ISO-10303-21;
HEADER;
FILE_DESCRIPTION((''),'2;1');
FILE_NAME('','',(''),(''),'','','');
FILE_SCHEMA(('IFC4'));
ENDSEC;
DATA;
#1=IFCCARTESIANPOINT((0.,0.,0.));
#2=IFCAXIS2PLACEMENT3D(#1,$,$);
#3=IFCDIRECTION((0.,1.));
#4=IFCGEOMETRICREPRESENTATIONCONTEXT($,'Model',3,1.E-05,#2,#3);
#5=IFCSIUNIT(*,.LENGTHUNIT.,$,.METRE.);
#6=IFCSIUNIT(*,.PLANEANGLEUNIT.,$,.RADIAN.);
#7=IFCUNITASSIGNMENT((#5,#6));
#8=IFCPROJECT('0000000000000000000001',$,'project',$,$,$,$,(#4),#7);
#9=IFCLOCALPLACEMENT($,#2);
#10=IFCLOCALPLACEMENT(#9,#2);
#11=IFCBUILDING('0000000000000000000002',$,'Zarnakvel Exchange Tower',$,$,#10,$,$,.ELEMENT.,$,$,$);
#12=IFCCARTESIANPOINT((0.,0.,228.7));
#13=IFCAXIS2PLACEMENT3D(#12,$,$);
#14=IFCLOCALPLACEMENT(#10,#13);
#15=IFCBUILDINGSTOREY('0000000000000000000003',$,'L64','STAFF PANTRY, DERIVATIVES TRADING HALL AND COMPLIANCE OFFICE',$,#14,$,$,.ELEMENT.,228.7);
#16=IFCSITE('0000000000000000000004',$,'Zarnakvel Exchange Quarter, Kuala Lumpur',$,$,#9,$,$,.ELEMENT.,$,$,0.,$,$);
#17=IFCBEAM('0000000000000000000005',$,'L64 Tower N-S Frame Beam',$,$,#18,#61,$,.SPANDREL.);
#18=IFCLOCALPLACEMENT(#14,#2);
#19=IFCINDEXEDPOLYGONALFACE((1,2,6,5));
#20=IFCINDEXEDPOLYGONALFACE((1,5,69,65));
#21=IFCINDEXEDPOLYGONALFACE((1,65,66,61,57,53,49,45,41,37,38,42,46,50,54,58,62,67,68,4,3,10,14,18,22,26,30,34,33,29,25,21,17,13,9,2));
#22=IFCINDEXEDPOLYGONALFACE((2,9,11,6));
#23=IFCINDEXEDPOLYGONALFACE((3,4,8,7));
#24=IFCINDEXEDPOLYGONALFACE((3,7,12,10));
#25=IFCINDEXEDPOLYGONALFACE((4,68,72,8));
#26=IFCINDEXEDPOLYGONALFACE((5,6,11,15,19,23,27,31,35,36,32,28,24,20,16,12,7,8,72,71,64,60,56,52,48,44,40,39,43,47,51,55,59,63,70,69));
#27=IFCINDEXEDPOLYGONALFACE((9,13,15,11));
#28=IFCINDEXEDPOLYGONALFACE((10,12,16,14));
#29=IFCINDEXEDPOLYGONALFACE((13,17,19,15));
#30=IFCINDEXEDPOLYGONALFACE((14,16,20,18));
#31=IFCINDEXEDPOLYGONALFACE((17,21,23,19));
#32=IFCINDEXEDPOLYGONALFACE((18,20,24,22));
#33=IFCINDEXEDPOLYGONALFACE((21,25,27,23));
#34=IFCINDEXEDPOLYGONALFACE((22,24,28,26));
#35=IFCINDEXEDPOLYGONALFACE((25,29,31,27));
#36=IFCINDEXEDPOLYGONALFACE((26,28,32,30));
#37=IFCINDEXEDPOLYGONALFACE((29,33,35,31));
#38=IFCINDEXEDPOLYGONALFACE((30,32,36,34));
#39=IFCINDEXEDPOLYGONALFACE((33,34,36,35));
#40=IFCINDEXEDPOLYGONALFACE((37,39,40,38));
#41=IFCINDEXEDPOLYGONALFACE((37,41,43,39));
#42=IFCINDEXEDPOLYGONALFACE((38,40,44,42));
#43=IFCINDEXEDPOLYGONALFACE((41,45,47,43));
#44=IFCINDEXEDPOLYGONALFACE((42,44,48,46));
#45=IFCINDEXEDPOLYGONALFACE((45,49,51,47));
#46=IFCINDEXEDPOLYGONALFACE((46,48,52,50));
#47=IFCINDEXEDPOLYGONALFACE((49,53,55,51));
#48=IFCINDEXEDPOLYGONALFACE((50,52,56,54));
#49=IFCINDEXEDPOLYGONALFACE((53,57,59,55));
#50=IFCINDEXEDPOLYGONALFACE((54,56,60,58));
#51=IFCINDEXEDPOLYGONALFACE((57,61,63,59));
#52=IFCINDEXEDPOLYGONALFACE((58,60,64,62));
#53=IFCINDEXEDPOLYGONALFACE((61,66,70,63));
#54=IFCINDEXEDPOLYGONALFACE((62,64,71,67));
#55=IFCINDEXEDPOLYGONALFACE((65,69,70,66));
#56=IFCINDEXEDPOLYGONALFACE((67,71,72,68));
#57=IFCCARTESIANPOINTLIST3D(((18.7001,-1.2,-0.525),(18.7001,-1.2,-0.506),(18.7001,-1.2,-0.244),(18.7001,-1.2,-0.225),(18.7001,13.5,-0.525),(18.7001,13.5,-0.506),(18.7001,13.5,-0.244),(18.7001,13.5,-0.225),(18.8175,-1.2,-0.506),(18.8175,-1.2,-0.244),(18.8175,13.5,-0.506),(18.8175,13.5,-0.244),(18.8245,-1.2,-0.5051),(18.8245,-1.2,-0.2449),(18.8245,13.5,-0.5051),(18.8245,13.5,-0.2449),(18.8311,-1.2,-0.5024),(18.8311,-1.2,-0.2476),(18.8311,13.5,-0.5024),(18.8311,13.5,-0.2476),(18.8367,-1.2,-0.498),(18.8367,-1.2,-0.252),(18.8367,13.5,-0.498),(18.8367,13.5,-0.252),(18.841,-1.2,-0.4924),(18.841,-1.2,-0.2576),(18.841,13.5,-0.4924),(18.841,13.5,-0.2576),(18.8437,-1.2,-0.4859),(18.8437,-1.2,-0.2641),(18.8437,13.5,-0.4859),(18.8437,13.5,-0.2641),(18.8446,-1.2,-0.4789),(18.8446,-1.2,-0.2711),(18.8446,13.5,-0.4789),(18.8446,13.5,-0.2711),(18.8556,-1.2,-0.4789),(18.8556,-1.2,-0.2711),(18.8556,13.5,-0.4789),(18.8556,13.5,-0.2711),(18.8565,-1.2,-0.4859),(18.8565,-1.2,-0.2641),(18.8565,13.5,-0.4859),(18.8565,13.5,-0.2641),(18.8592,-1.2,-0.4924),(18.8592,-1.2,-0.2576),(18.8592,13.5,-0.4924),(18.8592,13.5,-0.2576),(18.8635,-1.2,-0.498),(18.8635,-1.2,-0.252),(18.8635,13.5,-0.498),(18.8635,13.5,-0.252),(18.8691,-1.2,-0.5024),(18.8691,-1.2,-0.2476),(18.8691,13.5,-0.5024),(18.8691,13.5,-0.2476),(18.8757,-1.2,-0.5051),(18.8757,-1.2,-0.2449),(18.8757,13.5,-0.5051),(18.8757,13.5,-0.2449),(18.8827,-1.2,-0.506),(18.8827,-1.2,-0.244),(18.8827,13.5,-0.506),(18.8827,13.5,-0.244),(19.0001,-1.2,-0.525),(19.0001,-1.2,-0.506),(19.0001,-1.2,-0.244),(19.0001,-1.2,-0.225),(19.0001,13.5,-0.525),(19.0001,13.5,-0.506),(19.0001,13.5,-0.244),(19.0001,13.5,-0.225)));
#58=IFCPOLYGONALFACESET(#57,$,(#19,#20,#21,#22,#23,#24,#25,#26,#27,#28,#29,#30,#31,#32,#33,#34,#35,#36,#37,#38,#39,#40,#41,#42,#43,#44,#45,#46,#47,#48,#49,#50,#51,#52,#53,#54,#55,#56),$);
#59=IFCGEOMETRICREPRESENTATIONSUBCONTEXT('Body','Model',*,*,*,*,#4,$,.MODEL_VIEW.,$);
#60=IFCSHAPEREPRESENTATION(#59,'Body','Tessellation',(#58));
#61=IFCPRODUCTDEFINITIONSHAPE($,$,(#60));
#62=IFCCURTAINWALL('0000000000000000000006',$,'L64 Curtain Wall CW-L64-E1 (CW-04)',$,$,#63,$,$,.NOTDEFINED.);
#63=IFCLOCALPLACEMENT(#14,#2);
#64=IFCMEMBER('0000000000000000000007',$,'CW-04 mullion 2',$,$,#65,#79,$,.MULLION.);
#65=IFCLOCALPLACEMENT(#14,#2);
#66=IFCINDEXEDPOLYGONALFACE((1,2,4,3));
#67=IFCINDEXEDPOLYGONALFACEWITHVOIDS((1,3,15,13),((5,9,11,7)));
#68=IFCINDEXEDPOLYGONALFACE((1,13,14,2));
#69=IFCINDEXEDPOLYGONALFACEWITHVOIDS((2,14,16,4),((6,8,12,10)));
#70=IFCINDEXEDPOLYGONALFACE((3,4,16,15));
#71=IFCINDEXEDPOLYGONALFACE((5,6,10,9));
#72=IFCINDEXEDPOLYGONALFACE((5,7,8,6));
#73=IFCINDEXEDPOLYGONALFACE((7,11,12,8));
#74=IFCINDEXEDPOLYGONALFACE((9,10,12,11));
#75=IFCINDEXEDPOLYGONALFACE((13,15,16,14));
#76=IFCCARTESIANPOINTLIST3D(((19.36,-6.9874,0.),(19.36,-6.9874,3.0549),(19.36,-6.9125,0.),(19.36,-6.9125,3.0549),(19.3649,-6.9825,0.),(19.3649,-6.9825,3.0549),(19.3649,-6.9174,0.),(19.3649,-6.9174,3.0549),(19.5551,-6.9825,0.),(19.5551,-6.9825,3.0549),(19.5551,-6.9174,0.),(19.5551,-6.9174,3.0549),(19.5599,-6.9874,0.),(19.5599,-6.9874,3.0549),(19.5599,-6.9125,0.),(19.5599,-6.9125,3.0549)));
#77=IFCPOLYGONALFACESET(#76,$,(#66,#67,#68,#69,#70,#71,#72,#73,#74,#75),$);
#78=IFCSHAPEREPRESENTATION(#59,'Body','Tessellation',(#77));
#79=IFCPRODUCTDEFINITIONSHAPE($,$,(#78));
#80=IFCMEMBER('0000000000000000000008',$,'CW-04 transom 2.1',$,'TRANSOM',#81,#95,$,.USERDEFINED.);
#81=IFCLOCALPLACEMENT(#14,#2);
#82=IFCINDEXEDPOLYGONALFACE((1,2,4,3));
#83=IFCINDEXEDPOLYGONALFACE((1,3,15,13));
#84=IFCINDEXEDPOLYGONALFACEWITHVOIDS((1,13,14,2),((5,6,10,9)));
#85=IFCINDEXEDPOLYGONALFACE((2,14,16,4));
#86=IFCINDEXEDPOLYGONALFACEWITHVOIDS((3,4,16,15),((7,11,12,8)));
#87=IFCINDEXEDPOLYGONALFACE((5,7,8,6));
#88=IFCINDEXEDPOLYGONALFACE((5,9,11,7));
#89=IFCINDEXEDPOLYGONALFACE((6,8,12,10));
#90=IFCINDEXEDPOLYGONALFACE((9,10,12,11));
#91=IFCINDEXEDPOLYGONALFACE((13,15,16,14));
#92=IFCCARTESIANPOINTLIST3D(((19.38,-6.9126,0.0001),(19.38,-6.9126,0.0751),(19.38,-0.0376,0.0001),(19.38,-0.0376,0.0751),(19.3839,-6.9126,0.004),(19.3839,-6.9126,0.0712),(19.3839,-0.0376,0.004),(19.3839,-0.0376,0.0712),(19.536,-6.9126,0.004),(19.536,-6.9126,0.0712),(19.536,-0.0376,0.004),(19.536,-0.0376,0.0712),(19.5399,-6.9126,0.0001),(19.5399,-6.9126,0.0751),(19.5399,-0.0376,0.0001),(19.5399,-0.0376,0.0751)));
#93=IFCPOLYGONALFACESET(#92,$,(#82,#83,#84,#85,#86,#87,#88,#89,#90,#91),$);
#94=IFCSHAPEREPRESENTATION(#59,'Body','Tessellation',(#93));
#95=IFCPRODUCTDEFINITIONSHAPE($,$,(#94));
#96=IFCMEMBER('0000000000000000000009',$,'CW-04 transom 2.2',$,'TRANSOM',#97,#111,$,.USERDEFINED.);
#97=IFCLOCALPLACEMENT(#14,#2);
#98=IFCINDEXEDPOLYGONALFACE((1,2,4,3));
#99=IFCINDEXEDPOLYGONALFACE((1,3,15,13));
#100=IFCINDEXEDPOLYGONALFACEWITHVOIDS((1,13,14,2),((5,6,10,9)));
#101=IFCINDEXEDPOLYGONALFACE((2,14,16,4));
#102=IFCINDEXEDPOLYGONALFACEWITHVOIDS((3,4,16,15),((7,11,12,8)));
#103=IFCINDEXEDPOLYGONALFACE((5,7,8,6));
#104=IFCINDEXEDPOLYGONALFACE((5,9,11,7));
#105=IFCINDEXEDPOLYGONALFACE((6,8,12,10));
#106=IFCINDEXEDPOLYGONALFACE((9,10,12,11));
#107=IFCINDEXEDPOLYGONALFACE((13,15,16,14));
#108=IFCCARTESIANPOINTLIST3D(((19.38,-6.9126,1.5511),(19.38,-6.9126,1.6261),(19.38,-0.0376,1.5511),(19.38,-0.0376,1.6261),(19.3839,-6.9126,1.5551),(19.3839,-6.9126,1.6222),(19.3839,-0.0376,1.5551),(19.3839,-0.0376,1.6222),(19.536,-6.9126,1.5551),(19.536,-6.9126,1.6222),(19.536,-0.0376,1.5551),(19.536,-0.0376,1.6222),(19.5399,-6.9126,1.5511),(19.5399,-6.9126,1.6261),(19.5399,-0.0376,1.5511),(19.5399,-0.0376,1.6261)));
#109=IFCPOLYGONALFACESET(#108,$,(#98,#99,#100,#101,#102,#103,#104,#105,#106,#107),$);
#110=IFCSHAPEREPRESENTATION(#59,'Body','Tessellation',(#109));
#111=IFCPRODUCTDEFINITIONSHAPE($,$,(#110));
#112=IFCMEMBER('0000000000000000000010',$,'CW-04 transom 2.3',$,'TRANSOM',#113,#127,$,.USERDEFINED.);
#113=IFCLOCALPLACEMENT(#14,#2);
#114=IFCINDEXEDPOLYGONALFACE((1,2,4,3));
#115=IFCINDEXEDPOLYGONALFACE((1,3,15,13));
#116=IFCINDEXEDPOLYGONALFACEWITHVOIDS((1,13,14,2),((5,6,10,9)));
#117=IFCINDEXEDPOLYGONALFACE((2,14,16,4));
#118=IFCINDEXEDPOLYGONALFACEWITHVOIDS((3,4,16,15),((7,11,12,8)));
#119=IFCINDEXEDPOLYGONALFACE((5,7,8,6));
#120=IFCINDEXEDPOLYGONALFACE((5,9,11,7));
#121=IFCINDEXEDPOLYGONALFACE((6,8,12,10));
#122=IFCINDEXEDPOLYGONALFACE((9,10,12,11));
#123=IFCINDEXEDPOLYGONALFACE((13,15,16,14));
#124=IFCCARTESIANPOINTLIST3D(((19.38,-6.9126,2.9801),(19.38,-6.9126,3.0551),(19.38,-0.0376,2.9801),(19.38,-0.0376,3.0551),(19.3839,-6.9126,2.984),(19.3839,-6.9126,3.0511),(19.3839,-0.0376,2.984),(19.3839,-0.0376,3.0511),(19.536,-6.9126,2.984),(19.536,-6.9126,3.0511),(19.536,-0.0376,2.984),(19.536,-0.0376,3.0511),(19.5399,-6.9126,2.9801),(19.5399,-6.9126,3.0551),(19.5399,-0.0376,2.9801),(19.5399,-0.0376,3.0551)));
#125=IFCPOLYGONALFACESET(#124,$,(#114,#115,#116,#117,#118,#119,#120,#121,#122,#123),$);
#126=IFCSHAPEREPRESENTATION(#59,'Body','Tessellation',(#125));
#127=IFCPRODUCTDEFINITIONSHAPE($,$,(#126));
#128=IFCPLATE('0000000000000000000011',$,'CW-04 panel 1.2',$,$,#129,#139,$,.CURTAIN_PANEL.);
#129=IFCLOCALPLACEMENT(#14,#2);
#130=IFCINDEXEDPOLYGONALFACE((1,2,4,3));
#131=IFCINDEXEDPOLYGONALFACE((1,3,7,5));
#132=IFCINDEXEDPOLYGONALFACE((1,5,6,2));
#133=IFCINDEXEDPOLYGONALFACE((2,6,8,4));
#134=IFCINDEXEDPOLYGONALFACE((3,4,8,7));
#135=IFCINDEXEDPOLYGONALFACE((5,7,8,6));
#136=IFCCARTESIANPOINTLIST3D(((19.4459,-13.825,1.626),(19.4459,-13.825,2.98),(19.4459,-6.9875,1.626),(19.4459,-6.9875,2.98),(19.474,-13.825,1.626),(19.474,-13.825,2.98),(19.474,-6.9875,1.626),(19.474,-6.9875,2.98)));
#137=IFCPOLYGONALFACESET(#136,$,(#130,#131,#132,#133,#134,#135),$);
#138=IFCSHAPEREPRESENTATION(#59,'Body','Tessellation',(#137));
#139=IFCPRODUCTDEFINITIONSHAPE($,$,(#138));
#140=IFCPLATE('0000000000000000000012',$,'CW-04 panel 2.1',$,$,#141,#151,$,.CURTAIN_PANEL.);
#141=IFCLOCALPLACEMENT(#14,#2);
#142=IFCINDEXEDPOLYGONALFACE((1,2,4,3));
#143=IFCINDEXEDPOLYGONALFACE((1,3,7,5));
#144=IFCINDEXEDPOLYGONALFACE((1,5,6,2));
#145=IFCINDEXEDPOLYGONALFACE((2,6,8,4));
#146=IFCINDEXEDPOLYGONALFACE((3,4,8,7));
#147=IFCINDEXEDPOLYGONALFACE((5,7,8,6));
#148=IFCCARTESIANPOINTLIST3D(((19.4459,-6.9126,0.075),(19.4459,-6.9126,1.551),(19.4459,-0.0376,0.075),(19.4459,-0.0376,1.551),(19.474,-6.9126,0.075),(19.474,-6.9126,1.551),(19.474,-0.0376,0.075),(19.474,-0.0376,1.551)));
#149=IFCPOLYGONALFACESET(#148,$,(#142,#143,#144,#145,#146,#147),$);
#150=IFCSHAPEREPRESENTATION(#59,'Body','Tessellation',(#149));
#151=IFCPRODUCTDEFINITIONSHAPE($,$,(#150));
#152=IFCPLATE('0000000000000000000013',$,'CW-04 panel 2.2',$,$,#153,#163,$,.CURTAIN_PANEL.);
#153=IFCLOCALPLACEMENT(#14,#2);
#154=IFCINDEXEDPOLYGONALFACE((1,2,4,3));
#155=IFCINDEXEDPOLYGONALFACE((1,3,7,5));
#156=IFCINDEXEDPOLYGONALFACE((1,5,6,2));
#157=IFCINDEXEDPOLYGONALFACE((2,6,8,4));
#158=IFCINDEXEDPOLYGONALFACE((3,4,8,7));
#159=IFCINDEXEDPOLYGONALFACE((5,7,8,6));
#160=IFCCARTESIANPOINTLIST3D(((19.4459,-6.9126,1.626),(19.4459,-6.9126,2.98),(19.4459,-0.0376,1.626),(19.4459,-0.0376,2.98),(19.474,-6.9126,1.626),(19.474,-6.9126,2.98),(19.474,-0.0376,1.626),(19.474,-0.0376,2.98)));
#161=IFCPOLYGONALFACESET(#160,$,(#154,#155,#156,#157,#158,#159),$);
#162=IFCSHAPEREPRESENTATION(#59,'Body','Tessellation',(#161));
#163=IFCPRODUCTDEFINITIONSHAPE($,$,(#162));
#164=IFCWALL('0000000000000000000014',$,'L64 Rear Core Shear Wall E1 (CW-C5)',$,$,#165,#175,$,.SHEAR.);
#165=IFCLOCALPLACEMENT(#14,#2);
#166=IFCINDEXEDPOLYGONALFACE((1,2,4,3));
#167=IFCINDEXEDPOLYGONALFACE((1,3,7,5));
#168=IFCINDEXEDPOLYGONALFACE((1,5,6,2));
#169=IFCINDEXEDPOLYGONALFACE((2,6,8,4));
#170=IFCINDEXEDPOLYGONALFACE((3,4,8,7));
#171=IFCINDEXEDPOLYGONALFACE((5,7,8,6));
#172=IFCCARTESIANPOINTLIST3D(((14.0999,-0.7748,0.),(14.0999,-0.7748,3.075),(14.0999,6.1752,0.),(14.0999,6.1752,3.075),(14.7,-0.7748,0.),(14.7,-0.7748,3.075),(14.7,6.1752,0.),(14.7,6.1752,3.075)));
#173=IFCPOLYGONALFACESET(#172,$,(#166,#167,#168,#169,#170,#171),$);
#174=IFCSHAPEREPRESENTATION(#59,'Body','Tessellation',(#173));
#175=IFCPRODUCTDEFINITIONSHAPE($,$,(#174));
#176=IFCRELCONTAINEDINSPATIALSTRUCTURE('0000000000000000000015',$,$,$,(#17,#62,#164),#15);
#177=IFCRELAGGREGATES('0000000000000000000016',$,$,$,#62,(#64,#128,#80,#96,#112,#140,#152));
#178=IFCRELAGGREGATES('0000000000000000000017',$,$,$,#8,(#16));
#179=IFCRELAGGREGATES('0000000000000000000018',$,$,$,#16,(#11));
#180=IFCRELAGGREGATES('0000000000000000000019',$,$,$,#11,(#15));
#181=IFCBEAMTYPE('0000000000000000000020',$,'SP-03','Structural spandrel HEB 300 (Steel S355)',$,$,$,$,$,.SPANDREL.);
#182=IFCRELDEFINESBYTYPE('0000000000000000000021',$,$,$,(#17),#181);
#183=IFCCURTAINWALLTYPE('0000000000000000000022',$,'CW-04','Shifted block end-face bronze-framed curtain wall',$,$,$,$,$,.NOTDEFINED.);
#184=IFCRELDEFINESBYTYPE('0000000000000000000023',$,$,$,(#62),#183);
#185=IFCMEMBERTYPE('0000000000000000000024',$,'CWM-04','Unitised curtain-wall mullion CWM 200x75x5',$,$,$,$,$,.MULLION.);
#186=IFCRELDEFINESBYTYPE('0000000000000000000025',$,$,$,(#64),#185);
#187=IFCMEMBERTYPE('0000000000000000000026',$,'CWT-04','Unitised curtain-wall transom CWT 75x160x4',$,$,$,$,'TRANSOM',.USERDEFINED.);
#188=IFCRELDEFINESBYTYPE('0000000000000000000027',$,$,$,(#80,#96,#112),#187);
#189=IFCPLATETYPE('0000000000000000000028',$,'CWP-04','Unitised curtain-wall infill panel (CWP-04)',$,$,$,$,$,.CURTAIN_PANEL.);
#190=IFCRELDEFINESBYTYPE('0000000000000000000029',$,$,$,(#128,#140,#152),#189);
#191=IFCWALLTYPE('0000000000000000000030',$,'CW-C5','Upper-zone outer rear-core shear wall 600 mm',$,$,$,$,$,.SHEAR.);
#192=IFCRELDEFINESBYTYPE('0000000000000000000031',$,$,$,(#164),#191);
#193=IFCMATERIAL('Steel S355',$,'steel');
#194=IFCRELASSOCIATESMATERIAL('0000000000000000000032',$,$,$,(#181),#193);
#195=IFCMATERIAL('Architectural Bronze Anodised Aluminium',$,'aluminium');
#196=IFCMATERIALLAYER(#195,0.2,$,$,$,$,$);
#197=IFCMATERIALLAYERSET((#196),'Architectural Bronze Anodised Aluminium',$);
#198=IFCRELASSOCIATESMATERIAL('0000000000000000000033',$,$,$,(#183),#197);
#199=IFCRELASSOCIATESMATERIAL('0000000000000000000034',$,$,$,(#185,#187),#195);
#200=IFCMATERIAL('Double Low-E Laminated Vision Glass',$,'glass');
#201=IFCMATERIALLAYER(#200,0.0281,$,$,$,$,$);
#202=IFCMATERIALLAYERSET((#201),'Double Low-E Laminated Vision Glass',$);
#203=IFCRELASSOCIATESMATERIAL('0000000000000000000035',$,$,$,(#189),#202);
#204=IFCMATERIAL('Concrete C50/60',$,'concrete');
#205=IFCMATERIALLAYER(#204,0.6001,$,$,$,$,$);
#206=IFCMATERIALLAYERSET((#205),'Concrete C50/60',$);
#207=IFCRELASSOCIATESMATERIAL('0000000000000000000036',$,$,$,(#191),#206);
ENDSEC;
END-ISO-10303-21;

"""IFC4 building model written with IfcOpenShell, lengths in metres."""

from ifc_helpers import new_model, si_unit, direction, frame, frame_2d, origin, origin_2d, place, context, subcontext, project, spatial, rectangle, hollow_rectangle, i_section, extrude, source, transform, mapped, material, layer, layer_set, material_profile, profile_set, type_object, element, aggregate, save


model = new_model("IFC4")

# Units and contexts
model_context = context("Model", 3, precision=1e-05, world=origin(), true_north=direction((0.0, 1.0)))
body_context = subcontext(model_context, "Body", "Model", "MODEL_VIEW")
ifc_project = project(units=[si_unit("LENGTHUNIT", "METRE"), si_unit("PLANEANGLEUNIT", "RADIAN")], contexts=[model_context])

# Site, building, storey
site_placement = place(None, origin())
site = spatial("IfcSite", under=ifc_project, at=site_placement, Name="Zarnakvel Exchange Quarter, Kuala Lumpur", CompositionType="ELEMENT", RefElevation=0.0)
building_placement = place(site_placement, origin())
building = spatial("IfcBuilding", under=site, at=building_placement, Name="Zarnakvel Exchange Tower", CompositionType="ELEMENT")
storey_placement = place(building_placement, frame((0.0, 0.0, 228.7)))
storey = spatial("IfcBuildingStorey", under=building, at=storey_placement, Name="L64", Description="STAFF PANTRY, DERIVATIVES TRADING HALL AND COMPLIANCE OFFICE", CompositionType="ELEMENT", Elevation=228.7)

# Shared definitions
ifc_material_1 = material(Name="Concrete C50/60", Category="concrete")
ifc_material_2 = material(Name="Steel S355", Category="steel")

# Beam
ifc_material_profile_1 = material_profile(ifc_material_2, i_section(OverallWidth=0.3, OverallDepth=0.3, WebThickness=0.011, FlangeThickness=0.019, FilletRadius=0.0271, at=origin_2d()))
ifc_profile_set_1 = profile_set([ifc_material_profile_1], Name="Steel S355")
beam_type_1 = type_object("IfcBeamType", Name="SP-03", Description="Structural spandrel HEB 300 (Steel S355)", PredefinedType="SPANDREL", material=ifc_profile_set_1)
beam_1_placement = place(storey_placement, frame((18.8501, -1.2, -0.375), z_axis=(0.0, 1.0, 0.0), x_axis=(-1.0, 0.0, 0.0)))
element("IfcBeam", 1, at=beam_1_placement, inside=storey, type_object=beam_type_1, Name="L64 Tower N-S Frame Beam", PredefinedType="SPANDREL", context=body_context, shape_type="SweptSolid", body=[
    extrude(i_section(OverallWidth=0.3, OverallDepth=0.3, WebThickness=0.011, FlangeThickness=0.019, FilletRadius=0.0271, at=origin_2d()), origin(), (0.0, 0.0, 1.0), 14.7),
])

# Curtain wall, members, plates
ifc_material_3 = material(Name="Architectural Bronze Anodised Aluminium", Category="aluminium")
ifc_layer_1 = layer(ifc_material_3, 0.2)
ifc_layer_set_1 = layer_set([ifc_layer_1], Name="Architectural Bronze Anodised Aluminium")
curtain_wall_type = type_object("IfcCurtainWallType", Name="CW-04", Description="Shifted block end-face bronze-framed curtain wall", PredefinedType="NOTDEFINED", material=ifc_layer_set_1)
curtain_wall_placement = place(storey_placement, origin())
curtain_wall = element("IfcCurtainWall", 2, at=curtain_wall_placement, inside=storey, type_object=curtain_wall_type, Name="L64 Curtain Wall CW-L64-E1 (CW-04)", PredefinedType="NOTDEFINED")
ifc_material_profile_2 = material_profile(ifc_material_3, hollow_rectangle(XDim=0.2, YDim=0.075, WallThickness=0.0049, at=origin_2d()))
ifc_profile_set_2 = profile_set([ifc_material_profile_2], Name="Architectural Bronze Anodised Aluminium")
member_type_1 = type_object("IfcMemberType", Name="CWM-04", Description="Unitised curtain-wall mullion CWM 200x75x5", PredefinedType="MULLION", material=ifc_profile_set_2)
shared_shape_1 = source(origin(), body_context, "Body", "SweptSolid", [
    extrude(hollow_rectangle(XDim=0.2, YDim=0.075, WallThickness=0.0049, at=origin_2d()), origin(), (0.0, 0.0, 1.0), 3.0549),
])
member_1_placement = place(storey_placement, frame((19.46, -6.95, 0.0), z_axis=(0.0, 0.0, 1.0), x_axis=(-1.0, 0.0, 0.0)))
member_1 = element("IfcMember", 3, at=member_1_placement, type_object=member_type_1, Name="CW-04 mullion 2", PredefinedType="MULLION", context=body_context, shape_type="MappedRepresentation", body=[
    mapped(shared_shape_1, transform((0.0, 0.0, 0.0), x_axis=(1.0, 0.0, 0.0), y_axis=(0.0, 1.0, 0.0), z_axis=(0.0, 0.0, 1.0), scale=1.0)),
])
ifc_material_profile_3 = material_profile(ifc_material_3, hollow_rectangle(XDim=0.1599, YDim=0.075, WallThickness=0.0039, at=origin_2d()))
ifc_profile_set_3 = profile_set([ifc_material_profile_3], Name="Architectural Bronze Anodised Aluminium")
member_type_2 = type_object("IfcMemberType", Name="CWT-04", Description="Unitised curtain-wall transom CWT 75x160x4", ElementType="TRANSOM", PredefinedType="USERDEFINED", material=ifc_profile_set_3)
shared_shape_2 = source(origin(), body_context, "Body", "SweptSolid", [
    extrude(hollow_rectangle(XDim=0.1599, YDim=0.075, WallThickness=0.0039, at=origin_2d()), origin(), (0.0, 0.0, 1.0), 6.875),
])
member_2_placement = place(storey_placement, frame((19.46, -6.9126, 0.0376), z_axis=(0.0, 1.0, 0.0), x_axis=(-1.0, 0.0, 0.0)))
member_2 = element("IfcMember", 4, at=member_2_placement, type_object=member_type_2, Name="CW-04 transom 2.1", ObjectType="TRANSOM", PredefinedType="USERDEFINED", context=body_context, shape_type="MappedRepresentation", body=[
    mapped(shared_shape_2, transform((0.0, 0.0, 0.0), x_axis=(1.0, 0.0, 0.0), y_axis=(0.0, 1.0, 0.0), z_axis=(0.0, 0.0, 1.0), scale=1.0)),
])
member_3_placement = place(storey_placement, frame((19.46, -6.9126, 1.5886), z_axis=(0.0, 1.0, 0.0), x_axis=(-1.0, 0.0, 0.0)))
member_3 = element("IfcMember", 5, at=member_3_placement, type_object=member_type_2, Name="CW-04 transom 2.2", ObjectType="TRANSOM", PredefinedType="USERDEFINED", context=body_context, shape_type="MappedRepresentation", body=[
    mapped(shared_shape_2, transform((0.0, 0.0, 0.0), x_axis=(1.0, 0.0, 0.0), y_axis=(0.0, 1.0, 0.0), z_axis=(0.0, 0.0, 1.0), scale=1.0)),
])
member_4_placement = place(storey_placement, frame((19.46, -6.9126, 3.0176), z_axis=(0.0, 1.0, 0.0), x_axis=(-1.0, 0.0, 0.0)))
member_4 = element("IfcMember", 6, at=member_4_placement, type_object=member_type_2, Name="CW-04 transom 2.3", ObjectType="TRANSOM", PredefinedType="USERDEFINED", context=body_context, shape_type="MappedRepresentation", body=[
    mapped(shared_shape_2, transform((0.0, 0.0, 0.0), x_axis=(1.0, 0.0, 0.0), y_axis=(0.0, 1.0, 0.0), z_axis=(0.0, 0.0, 1.0), scale=1.0)),
])
ifc_material_4 = material(Name="Double Low-E Laminated Vision Glass", Category="glass")
ifc_layer_2 = layer(ifc_material_4, 0.0281)
ifc_layer_set_2 = layer_set([ifc_layer_2], Name="Double Low-E Laminated Vision Glass")
plate_type = type_object("IfcPlateType", Name="CWP-04", Description="Unitised curtain-wall infill panel (CWP-04)", PredefinedType="CURTAIN_PANEL", material=ifc_layer_set_2)
shared_shape_3 = source(origin(), body_context, "Body", "SweptSolid", [
    extrude(rectangle(XDim=6.8374, YDim=0.0281, at=origin_2d()), origin(), (0.0, 0.0, 1.0), 1.354),
])
plate_1_placement = place(storey_placement, frame((19.46, -10.4062, 1.626), z_axis=(0.0, 0.0, 1.0), x_axis=(0.0, 1.0, 0.0)))
plate_1 = element("IfcPlate", 7, at=plate_1_placement, type_object=plate_type, Name="CW-04 panel 1.2", PredefinedType="CURTAIN_PANEL", context=body_context, shape_type="MappedRepresentation", body=[
    mapped(shared_shape_3, transform((0.0, 0.0, 0.0), x_axis=(1.0, 0.0, 0.0), y_axis=(0.0, 1.0, 0.0), z_axis=(0.0, 0.0, 1.0), scale=1.0)),
])
shared_shape_4 = source(origin(), body_context, "Body", "SweptSolid", [
    extrude(rectangle(XDim=6.875, YDim=0.0281, at=origin_2d()), origin(), (0.0, 0.0, 1.0), 1.4761),
])
plate_2_placement = place(storey_placement, frame((19.46, -3.4751, 0.075), z_axis=(0.0, 0.0, 1.0), x_axis=(0.0, 1.0, 0.0)))
plate_2 = element("IfcPlate", 8, at=plate_2_placement, type_object=plate_type, Name="CW-04 panel 2.1", PredefinedType="CURTAIN_PANEL", context=body_context, shape_type="MappedRepresentation", body=[
    mapped(shared_shape_4, transform((0.0, 0.0, 0.0), x_axis=(1.0, 0.0, 0.0), y_axis=(0.0, 1.0, 0.0), z_axis=(0.0, 0.0, 1.0), scale=1.0)),
])
shared_shape_5 = source(origin(), body_context, "Body", "SweptSolid", [
    extrude(rectangle(XDim=6.875, YDim=0.0281, at=origin_2d()), origin(), (0.0, 0.0, 1.0), 1.354),
])
plate_3_placement = place(storey_placement, frame((19.46, -3.4751, 1.626), z_axis=(0.0, 0.0, 1.0), x_axis=(0.0, 1.0, 0.0)))
plate_3 = element("IfcPlate", 9, at=plate_3_placement, type_object=plate_type, Name="CW-04 panel 2.2", PredefinedType="CURTAIN_PANEL", context=body_context, shape_type="MappedRepresentation", body=[
    mapped(shared_shape_5, transform((0.0, 0.0, 0.0), x_axis=(1.0, 0.0, 0.0), y_axis=(0.0, 1.0, 0.0), z_axis=(0.0, 0.0, 1.0), scale=1.0)),
])
aggregate(curtain_wall, [member_1, plate_1, member_2, member_3, member_4, plate_2, plate_3])

# Wall
ifc_layer_3 = layer(ifc_material_1, 0.6001)
ifc_layer_set_3 = layer_set([ifc_layer_3], Name="Concrete C50/60")
wall_type_1 = type_object("IfcWallType", Name="CW-C5", Description="Upper-zone outer rear-core shear wall 600 mm", PredefinedType="SHEAR", material=ifc_layer_set_3)
wall_1_placement = place(storey_placement, frame((14.3999, -0.7749, 0.0), z_axis=(0.0, 0.0, 1.0), x_axis=(0.0, 1.0, 0.0)))
element("IfcWall", 10, at=wall_1_placement, inside=storey, type_object=wall_type_1, Name="L64 Rear Core Shear Wall E1 (CW-C5)", PredefinedType="SHEAR", context=body_context, shape_type="SweptSolid", body=[
    extrude(rectangle(XDim=6.95, YDim=0.6001, at=frame_2d((3.4751, 0.0))), origin(), (0.0, 0.0, 1.0), 3.075),
])

save(model, "model.ifc")
